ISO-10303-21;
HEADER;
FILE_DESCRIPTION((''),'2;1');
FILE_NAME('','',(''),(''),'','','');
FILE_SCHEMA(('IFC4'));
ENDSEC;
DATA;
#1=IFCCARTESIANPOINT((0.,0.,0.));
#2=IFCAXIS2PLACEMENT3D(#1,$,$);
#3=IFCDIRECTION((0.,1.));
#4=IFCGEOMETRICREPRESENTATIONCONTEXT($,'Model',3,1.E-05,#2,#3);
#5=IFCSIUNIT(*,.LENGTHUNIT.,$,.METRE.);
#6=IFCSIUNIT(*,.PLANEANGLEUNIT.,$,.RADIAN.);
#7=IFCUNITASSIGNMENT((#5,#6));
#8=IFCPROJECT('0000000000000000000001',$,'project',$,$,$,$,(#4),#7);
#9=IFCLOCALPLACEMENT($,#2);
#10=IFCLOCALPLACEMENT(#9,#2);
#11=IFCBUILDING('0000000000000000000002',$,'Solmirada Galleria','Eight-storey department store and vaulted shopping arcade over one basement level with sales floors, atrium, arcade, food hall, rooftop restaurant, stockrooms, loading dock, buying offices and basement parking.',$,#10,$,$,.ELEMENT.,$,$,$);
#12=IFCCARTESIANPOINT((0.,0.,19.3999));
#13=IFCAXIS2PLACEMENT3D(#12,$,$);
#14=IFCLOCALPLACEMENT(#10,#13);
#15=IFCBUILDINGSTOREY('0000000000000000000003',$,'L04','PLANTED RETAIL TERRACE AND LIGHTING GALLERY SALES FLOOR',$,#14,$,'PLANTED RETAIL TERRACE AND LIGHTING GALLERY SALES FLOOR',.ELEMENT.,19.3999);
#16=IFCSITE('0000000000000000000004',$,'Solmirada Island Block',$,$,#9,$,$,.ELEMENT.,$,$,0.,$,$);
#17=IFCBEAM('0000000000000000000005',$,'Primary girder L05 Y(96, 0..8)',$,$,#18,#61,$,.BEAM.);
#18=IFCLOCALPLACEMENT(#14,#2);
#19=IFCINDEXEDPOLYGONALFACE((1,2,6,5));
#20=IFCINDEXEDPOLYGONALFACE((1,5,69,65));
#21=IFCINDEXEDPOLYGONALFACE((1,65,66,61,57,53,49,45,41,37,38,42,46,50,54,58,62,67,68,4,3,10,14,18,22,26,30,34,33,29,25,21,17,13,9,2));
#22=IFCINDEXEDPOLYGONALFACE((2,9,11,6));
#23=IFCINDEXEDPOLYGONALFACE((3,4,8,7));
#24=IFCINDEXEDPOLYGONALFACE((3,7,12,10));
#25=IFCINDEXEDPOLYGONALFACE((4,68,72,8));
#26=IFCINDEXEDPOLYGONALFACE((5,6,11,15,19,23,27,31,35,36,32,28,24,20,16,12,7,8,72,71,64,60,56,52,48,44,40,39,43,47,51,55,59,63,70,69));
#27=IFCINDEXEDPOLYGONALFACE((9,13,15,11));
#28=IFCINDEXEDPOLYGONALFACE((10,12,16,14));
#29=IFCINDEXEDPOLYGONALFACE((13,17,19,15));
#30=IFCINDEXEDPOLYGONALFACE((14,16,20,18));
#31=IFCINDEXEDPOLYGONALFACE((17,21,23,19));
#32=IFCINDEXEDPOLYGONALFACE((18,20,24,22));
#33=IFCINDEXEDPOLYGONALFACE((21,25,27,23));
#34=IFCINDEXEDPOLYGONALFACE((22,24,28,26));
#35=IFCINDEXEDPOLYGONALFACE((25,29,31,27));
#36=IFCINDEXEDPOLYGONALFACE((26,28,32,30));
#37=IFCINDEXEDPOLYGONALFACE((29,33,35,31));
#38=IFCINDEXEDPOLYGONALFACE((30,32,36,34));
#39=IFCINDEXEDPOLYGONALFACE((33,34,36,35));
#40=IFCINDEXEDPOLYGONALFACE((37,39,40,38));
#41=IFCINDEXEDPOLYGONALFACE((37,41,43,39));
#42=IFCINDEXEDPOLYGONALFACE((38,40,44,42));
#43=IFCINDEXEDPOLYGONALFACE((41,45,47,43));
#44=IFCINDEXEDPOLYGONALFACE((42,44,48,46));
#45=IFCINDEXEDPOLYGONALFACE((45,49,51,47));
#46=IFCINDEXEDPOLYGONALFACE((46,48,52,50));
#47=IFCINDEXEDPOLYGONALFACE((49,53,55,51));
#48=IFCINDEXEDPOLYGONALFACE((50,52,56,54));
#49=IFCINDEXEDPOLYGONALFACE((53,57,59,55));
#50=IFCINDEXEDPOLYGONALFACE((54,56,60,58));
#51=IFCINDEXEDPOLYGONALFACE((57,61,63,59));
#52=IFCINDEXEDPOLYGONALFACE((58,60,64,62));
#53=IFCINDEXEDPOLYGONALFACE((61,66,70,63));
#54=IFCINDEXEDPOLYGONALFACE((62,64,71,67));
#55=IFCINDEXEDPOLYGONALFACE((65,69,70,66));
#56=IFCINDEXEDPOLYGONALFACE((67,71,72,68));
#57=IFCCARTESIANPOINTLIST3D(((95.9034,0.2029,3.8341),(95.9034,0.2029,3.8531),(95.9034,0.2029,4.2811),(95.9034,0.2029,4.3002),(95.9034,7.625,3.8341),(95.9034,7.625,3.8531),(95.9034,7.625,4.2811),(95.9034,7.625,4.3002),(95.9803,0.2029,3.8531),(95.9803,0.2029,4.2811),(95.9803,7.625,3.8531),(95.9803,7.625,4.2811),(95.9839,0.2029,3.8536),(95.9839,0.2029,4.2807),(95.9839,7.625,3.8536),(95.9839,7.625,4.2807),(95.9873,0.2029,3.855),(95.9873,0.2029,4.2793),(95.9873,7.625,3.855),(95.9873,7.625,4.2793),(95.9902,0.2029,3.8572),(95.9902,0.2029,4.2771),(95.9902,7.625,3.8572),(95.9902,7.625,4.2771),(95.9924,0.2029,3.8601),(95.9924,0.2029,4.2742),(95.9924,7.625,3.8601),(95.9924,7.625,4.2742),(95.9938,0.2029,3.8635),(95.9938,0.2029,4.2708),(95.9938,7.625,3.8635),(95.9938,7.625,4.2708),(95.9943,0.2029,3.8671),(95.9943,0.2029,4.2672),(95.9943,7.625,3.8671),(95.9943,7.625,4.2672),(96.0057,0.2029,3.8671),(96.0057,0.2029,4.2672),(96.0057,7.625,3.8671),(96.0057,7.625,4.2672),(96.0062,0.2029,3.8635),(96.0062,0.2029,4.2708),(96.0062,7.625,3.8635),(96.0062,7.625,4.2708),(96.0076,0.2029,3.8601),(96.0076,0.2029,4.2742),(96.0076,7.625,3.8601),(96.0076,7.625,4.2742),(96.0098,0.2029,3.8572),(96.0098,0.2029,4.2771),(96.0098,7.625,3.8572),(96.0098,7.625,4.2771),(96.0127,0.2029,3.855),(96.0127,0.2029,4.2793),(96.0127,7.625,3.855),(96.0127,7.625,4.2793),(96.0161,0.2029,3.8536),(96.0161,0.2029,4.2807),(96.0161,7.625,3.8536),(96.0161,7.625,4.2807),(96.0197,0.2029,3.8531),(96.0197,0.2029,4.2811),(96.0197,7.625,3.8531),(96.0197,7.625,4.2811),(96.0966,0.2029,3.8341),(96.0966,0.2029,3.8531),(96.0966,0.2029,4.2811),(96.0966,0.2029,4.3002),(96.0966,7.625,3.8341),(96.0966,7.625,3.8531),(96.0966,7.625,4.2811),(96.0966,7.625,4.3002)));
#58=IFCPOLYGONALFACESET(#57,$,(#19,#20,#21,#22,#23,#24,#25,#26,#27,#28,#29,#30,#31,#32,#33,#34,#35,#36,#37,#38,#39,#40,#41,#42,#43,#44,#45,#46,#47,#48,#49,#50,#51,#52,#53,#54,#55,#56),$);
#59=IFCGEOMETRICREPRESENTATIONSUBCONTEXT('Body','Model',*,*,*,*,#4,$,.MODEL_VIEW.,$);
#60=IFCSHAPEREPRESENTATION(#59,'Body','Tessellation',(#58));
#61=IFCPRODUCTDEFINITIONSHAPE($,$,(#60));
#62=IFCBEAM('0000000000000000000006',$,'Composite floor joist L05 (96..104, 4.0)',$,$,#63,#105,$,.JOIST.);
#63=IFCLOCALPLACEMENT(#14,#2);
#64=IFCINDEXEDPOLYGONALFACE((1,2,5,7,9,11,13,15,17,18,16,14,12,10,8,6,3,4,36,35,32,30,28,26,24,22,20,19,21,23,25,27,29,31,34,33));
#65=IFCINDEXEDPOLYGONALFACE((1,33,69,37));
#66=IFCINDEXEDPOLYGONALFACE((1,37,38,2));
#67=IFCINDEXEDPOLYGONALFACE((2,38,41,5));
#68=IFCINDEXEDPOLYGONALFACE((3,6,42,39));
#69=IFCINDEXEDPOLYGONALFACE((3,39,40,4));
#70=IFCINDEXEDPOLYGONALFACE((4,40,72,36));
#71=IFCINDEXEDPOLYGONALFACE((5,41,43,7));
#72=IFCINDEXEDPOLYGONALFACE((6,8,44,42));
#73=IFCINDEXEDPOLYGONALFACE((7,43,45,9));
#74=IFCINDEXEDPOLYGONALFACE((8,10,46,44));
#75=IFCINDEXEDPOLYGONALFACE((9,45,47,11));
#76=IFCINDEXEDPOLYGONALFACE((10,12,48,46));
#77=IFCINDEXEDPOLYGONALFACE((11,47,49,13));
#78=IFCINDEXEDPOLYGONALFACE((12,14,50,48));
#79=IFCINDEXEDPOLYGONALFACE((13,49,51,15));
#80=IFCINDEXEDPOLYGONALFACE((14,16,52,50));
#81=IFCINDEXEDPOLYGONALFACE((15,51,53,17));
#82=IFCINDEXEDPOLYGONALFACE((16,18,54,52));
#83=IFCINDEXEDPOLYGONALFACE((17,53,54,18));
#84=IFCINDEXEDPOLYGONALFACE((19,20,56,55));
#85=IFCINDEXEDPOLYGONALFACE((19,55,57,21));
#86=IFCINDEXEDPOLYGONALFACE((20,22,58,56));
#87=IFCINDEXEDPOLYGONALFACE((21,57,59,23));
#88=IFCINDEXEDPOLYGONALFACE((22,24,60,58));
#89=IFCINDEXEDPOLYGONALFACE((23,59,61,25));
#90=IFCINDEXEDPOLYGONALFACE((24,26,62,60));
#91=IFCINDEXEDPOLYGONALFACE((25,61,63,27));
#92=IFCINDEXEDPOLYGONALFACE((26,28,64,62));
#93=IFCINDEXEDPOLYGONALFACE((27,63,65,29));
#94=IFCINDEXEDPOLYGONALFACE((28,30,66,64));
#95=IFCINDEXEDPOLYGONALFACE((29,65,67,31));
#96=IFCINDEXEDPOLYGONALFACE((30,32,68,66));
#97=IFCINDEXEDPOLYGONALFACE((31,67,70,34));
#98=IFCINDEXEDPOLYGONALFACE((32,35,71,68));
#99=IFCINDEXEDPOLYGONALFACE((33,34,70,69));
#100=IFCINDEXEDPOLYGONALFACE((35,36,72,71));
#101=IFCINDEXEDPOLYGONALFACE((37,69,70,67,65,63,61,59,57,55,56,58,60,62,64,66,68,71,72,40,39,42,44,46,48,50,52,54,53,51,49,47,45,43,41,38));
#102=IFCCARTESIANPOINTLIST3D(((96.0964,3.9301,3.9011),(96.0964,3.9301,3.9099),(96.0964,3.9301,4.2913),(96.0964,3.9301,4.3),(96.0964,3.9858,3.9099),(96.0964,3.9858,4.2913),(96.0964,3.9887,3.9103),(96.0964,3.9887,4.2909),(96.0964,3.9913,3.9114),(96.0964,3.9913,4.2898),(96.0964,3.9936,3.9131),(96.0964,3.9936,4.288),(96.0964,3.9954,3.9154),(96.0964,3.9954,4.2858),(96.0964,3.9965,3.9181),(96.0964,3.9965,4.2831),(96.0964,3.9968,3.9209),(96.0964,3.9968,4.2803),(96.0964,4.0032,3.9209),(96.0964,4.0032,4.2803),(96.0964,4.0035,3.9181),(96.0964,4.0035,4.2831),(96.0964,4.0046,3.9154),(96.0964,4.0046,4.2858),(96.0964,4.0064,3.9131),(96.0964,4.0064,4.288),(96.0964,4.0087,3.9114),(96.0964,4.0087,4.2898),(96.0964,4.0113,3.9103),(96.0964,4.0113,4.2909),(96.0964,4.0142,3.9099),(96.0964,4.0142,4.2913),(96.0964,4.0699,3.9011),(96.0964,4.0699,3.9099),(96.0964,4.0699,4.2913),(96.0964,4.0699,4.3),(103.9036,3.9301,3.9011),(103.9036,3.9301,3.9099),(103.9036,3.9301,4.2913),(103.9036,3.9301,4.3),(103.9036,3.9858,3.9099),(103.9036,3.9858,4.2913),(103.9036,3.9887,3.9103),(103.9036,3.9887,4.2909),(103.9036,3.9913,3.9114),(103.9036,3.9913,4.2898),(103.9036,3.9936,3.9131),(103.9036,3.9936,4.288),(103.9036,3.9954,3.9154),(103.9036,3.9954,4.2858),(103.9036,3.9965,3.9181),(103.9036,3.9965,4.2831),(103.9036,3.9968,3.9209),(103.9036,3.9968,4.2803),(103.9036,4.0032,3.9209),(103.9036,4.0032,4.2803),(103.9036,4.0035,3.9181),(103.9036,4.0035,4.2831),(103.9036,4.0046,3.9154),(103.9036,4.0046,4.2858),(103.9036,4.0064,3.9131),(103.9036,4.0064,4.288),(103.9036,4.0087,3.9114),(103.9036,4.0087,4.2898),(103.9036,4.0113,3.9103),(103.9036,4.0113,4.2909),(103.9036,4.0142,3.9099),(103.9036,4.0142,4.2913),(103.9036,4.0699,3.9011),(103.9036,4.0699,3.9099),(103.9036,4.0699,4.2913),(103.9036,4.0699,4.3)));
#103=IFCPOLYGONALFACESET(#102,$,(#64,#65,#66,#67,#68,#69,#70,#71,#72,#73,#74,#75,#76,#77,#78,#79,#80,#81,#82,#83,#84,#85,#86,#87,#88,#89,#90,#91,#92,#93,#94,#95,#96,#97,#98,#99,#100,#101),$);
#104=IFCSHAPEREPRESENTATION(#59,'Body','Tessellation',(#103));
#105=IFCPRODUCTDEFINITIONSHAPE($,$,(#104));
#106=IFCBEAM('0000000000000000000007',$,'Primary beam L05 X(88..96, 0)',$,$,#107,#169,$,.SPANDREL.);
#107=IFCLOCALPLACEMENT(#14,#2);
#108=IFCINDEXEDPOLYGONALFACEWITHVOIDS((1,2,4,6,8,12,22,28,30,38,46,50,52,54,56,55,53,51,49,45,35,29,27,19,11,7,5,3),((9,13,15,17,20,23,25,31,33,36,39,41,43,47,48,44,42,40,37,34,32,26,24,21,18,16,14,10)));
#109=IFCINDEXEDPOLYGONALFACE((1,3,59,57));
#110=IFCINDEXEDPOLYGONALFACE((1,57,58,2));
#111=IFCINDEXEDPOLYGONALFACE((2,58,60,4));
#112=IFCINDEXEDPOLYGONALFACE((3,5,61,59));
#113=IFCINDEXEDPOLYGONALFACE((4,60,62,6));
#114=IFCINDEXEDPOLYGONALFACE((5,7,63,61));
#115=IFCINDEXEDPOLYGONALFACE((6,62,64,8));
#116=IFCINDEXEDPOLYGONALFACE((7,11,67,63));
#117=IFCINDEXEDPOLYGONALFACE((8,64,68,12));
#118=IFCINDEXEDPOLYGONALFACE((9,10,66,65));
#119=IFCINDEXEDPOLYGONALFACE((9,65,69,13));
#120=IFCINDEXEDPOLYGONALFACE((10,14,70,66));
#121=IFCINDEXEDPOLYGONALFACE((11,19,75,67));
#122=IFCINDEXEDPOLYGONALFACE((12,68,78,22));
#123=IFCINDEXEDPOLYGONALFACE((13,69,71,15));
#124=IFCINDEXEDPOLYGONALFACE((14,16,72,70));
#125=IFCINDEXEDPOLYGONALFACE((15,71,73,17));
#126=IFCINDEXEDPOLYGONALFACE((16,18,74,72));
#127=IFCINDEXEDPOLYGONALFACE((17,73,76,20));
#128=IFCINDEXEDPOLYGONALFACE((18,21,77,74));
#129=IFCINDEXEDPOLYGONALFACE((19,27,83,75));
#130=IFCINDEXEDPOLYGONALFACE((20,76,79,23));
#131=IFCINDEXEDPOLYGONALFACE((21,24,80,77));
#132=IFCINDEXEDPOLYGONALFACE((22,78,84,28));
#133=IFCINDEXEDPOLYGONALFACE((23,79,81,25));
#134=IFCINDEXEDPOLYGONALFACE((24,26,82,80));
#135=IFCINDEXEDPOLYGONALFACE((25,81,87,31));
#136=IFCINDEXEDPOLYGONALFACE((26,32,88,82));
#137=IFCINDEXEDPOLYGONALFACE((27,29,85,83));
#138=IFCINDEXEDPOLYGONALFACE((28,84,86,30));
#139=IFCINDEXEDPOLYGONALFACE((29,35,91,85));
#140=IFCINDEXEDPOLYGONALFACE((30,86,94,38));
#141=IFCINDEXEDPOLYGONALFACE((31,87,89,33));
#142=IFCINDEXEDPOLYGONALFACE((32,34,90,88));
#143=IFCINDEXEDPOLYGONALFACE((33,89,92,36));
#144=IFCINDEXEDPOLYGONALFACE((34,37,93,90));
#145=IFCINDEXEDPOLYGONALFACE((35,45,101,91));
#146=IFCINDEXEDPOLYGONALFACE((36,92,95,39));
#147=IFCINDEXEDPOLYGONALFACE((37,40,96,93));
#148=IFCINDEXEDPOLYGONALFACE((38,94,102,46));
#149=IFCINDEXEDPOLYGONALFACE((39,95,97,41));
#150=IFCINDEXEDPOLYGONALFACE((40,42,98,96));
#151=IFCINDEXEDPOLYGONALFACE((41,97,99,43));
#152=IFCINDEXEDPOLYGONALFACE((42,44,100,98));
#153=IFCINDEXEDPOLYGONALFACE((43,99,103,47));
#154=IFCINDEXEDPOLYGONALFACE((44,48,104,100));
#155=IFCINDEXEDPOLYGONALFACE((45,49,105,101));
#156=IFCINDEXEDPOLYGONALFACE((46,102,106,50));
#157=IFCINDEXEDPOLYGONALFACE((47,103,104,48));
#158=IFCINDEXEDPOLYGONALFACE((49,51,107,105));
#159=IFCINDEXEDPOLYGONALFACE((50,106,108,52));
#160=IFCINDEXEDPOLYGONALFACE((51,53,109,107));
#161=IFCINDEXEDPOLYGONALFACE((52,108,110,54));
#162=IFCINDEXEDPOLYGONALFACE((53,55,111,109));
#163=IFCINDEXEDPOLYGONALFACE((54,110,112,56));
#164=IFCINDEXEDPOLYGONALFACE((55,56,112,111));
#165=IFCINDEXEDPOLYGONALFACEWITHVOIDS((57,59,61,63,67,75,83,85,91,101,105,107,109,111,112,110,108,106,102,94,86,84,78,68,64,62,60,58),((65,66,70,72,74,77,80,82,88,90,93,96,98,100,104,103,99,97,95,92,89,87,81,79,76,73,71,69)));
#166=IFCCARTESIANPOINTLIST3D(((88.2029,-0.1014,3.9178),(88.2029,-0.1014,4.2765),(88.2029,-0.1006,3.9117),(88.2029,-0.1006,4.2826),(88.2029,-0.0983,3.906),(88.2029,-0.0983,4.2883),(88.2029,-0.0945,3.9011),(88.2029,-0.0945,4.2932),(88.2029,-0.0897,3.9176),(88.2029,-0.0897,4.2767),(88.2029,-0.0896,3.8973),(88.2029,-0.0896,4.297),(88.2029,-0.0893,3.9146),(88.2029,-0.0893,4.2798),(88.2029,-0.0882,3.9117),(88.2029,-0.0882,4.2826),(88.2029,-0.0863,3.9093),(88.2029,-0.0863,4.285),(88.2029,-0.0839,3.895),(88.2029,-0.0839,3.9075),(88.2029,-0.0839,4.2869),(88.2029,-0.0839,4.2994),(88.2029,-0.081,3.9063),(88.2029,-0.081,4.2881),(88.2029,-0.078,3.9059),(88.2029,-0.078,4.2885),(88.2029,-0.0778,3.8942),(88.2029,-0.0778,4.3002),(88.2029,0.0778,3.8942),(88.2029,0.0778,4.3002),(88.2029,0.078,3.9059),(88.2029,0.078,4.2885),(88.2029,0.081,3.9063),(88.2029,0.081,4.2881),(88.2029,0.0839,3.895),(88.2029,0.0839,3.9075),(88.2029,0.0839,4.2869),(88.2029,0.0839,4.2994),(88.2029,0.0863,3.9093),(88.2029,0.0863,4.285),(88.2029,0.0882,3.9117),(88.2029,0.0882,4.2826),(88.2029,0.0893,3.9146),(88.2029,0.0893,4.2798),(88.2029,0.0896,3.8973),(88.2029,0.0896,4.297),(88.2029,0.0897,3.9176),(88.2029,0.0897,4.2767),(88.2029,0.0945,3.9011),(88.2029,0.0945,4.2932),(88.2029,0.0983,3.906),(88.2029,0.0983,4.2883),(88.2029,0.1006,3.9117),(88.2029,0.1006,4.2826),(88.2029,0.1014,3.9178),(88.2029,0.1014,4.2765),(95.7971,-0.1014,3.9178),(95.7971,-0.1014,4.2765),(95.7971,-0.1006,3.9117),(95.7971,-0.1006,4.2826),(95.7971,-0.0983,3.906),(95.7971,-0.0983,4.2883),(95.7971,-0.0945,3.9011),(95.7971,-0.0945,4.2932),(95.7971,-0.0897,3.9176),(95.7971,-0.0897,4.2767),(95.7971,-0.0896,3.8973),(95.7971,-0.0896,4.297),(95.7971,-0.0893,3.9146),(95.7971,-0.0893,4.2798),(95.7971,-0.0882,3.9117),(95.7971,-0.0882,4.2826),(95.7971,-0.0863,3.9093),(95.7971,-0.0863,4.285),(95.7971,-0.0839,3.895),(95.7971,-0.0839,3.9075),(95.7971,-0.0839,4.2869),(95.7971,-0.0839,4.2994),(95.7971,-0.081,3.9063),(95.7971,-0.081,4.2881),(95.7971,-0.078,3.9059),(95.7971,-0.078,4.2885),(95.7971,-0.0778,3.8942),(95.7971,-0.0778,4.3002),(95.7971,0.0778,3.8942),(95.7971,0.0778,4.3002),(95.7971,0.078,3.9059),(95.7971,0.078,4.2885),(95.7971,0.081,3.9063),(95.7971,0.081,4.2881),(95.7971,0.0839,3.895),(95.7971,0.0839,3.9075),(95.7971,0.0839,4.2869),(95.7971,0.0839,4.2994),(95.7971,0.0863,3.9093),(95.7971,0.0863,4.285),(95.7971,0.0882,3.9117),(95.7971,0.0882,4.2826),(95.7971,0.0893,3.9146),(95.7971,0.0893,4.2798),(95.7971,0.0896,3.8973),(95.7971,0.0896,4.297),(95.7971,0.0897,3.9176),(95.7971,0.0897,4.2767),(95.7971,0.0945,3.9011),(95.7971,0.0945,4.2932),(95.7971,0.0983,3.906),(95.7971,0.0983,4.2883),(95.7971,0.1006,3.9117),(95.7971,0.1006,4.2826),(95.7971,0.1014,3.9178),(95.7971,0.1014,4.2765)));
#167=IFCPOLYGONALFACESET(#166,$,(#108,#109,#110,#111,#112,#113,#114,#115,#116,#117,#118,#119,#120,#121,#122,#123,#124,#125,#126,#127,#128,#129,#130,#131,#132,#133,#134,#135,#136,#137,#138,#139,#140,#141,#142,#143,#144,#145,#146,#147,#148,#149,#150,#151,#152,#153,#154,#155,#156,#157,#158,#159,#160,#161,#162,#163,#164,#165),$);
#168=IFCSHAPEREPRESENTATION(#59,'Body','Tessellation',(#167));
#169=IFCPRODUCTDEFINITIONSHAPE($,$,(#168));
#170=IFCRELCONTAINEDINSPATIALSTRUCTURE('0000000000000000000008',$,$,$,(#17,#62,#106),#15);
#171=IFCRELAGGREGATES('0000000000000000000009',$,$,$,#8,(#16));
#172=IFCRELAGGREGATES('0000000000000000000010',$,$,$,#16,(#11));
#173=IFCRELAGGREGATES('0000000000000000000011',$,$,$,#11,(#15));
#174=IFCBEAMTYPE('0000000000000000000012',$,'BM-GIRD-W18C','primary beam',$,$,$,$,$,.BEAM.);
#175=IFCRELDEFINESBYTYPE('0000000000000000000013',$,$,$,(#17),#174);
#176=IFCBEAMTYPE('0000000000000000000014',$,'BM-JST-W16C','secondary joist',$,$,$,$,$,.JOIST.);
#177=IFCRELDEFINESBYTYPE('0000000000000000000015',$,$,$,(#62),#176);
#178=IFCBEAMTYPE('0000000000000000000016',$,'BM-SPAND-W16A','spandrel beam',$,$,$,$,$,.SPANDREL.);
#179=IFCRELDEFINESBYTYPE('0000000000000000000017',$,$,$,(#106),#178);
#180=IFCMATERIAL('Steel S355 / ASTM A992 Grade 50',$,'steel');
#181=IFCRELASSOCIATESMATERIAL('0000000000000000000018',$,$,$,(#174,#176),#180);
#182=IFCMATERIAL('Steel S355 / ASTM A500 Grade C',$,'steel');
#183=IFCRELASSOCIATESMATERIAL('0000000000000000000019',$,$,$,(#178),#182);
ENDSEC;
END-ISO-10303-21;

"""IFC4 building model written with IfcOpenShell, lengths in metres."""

from ifc_helpers import new_model, si_unit, direction, frame, origin, origin_2d, place, context, subcontext, project, spatial, hollow_rectangle, i_section, extrude, material, material_profile, profile_set, type_object, element, save


model = new_model("IFC4")

# Units and contexts
model_context = context("Model", 3, precision=1e-05, world=origin(), true_north=direction((0.0, 1.0)))
body_context = subcontext(model_context, "Body", "Model", "MODEL_VIEW")
ifc_project = project(units=[si_unit("LENGTHUNIT", "METRE"), si_unit("PLANEANGLEUNIT", "RADIAN")], contexts=[model_context])

# Site, building, storey
site_placement = place(None, origin())
site = spatial("IfcSite", under=ifc_project, at=site_placement, Name="Solmirada Island Block", CompositionType="ELEMENT", RefElevation=0.0)
building_placement = place(site_placement, origin())
building = spatial("IfcBuilding", under=site, at=building_placement, Name="Solmirada Galleria", Description="Eight-storey department store and vaulted shopping arcade over one basement level with sales floors, atrium, arcade, food hall, rooftop restaurant, stockrooms, loading dock, buying offices and basement parking.", CompositionType="ELEMENT")
storey_placement = place(building_placement, frame((0.0, 0.0, 19.3999)))
storey = spatial("IfcBuildingStorey", under=building, at=storey_placement, Name="L04", Description="PLANTED RETAIL TERRACE AND LIGHTING GALLERY SALES FLOOR", LongName="PLANTED RETAIL TERRACE AND LIGHTING GALLERY SALES FLOOR", CompositionType="ELEMENT", Elevation=19.3999)

# Shared definitions
ifc_material_1 = material(Name="Steel S355 / ASTM A500 Grade C", Category="steel")

# Beams
ifc_material_2 = material(Name="Steel S355 / ASTM A992 Grade 50", Category="steel")
ifc_material_profile_1 = material_profile(ifc_material_2, i_section(OverallWidth=0.1931, OverallDepth=0.4661, WebThickness=0.0115, FlangeThickness=0.019, FilletRadius=0.0139, at=origin_2d()), Name="W18X65")
ifc_profile_set_1 = profile_set([ifc_material_profile_1], Name="Steel S355 / ASTM A992 Grade 50")
beam_type_1 = type_object("IfcBeamType", Name="BM-GIRD-W18C", Description="primary beam", PredefinedType="BEAM", material=ifc_profile_set_1)
for number, where, z_axis, x_axis, name in (
    (1, (96.0, 0.2029, 4.0671), (0.0, 1.0, 0.0), (-1.0, 0.0, 0.0), "Primary girder L05 Y(96, 0..8)"),
):
    element("IfcBeam", number, at=place(storey_placement, frame(where, z_axis=z_axis, x_axis=x_axis)), inside=storey, type_object=beam_type_1, Name=name, PredefinedType="BEAM", context=body_context, shape_type="SweptSolid", body=[
        extrude(i_section(OverallWidth=0.1931, OverallDepth=0.4661, WebThickness=0.0115, FlangeThickness=0.019, FilletRadius=0.0139, at=origin_2d()), origin(), (0.0, 0.0, 1.0), 7.4221),
    ])
ifc_material_profile_2 = material_profile(ifc_material_2, i_section(OverallWidth=0.1399, OverallDepth=0.3989, WebThickness=0.0063, FlangeThickness=0.0088, FilletRadius=0.011, at=origin_2d()), Name="W16X26")
ifc_profile_set_2 = profile_set([ifc_material_profile_2], Name="Steel S355 / ASTM A992 Grade 50")
beam_type_2 = type_object("IfcBeamType", Name="BM-JST-W16C", Description="secondary joist", PredefinedType="JOIST", material=ifc_profile_set_2)
beam_placement = place(storey_placement, frame((96.0964, 4.0, 4.1006), z_axis=(1.0, 0.0, 0.0), x_axis=(0.0, 1.0, 0.0)))
element("IfcBeam", 2, at=beam_placement, inside=storey, type_object=beam_type_2, Name="Composite floor joist L05 (96..104, 4.0)", PredefinedType="JOIST", context=body_context, shape_type="SweptSolid", body=[
    extrude(i_section(OverallWidth=0.1399, OverallDepth=0.3989, WebThickness=0.0063, FlangeThickness=0.0088, FilletRadius=0.011, at=origin_2d()), origin(), (0.0, 0.0, 1.0), 7.8071),
])
ifc_material_profile_3 = material_profile(ifc_material_1, hollow_rectangle(XDim=0.2029, YDim=0.406, WallThickness=0.0117, InnerFilletRadius=0.0117, OuterFilletRadius=0.0237, at=origin_2d()), Name="HSS16X8X1/2")
ifc_profile_set_3 = profile_set([ifc_material_profile_3], Name="Steel S355 / ASTM A500 Grade C")
beam_type_3 = type_object("IfcBeamType", Name="BM-SPAND-W16A", Description="spandrel beam", PredefinedType="SPANDREL", material=ifc_profile_set_3)
for number, where, z_axis, x_axis, name in (
    (3, (88.2029, 0.0, 4.0972), (1.0, 0.0, 0.0), (0.0, 1.0, 0.0), "Primary beam L05 X(88..96, 0)"),
):
    element("IfcBeam", number, at=place(storey_placement, frame(where, z_axis=z_axis, x_axis=x_axis)), inside=storey, type_object=beam_type_3, Name=name, PredefinedType="SPANDREL", context=body_context, shape_type="SweptSolid", body=[
        extrude(hollow_rectangle(XDim=0.2029, YDim=0.406, WallThickness=0.0117, InnerFilletRadius=0.0117, OuterFilletRadius=0.0237, at=origin_2d()), origin(), (0.0, 0.0, 1.0), 7.5942),
    ])

save(model, "model.ifc")
